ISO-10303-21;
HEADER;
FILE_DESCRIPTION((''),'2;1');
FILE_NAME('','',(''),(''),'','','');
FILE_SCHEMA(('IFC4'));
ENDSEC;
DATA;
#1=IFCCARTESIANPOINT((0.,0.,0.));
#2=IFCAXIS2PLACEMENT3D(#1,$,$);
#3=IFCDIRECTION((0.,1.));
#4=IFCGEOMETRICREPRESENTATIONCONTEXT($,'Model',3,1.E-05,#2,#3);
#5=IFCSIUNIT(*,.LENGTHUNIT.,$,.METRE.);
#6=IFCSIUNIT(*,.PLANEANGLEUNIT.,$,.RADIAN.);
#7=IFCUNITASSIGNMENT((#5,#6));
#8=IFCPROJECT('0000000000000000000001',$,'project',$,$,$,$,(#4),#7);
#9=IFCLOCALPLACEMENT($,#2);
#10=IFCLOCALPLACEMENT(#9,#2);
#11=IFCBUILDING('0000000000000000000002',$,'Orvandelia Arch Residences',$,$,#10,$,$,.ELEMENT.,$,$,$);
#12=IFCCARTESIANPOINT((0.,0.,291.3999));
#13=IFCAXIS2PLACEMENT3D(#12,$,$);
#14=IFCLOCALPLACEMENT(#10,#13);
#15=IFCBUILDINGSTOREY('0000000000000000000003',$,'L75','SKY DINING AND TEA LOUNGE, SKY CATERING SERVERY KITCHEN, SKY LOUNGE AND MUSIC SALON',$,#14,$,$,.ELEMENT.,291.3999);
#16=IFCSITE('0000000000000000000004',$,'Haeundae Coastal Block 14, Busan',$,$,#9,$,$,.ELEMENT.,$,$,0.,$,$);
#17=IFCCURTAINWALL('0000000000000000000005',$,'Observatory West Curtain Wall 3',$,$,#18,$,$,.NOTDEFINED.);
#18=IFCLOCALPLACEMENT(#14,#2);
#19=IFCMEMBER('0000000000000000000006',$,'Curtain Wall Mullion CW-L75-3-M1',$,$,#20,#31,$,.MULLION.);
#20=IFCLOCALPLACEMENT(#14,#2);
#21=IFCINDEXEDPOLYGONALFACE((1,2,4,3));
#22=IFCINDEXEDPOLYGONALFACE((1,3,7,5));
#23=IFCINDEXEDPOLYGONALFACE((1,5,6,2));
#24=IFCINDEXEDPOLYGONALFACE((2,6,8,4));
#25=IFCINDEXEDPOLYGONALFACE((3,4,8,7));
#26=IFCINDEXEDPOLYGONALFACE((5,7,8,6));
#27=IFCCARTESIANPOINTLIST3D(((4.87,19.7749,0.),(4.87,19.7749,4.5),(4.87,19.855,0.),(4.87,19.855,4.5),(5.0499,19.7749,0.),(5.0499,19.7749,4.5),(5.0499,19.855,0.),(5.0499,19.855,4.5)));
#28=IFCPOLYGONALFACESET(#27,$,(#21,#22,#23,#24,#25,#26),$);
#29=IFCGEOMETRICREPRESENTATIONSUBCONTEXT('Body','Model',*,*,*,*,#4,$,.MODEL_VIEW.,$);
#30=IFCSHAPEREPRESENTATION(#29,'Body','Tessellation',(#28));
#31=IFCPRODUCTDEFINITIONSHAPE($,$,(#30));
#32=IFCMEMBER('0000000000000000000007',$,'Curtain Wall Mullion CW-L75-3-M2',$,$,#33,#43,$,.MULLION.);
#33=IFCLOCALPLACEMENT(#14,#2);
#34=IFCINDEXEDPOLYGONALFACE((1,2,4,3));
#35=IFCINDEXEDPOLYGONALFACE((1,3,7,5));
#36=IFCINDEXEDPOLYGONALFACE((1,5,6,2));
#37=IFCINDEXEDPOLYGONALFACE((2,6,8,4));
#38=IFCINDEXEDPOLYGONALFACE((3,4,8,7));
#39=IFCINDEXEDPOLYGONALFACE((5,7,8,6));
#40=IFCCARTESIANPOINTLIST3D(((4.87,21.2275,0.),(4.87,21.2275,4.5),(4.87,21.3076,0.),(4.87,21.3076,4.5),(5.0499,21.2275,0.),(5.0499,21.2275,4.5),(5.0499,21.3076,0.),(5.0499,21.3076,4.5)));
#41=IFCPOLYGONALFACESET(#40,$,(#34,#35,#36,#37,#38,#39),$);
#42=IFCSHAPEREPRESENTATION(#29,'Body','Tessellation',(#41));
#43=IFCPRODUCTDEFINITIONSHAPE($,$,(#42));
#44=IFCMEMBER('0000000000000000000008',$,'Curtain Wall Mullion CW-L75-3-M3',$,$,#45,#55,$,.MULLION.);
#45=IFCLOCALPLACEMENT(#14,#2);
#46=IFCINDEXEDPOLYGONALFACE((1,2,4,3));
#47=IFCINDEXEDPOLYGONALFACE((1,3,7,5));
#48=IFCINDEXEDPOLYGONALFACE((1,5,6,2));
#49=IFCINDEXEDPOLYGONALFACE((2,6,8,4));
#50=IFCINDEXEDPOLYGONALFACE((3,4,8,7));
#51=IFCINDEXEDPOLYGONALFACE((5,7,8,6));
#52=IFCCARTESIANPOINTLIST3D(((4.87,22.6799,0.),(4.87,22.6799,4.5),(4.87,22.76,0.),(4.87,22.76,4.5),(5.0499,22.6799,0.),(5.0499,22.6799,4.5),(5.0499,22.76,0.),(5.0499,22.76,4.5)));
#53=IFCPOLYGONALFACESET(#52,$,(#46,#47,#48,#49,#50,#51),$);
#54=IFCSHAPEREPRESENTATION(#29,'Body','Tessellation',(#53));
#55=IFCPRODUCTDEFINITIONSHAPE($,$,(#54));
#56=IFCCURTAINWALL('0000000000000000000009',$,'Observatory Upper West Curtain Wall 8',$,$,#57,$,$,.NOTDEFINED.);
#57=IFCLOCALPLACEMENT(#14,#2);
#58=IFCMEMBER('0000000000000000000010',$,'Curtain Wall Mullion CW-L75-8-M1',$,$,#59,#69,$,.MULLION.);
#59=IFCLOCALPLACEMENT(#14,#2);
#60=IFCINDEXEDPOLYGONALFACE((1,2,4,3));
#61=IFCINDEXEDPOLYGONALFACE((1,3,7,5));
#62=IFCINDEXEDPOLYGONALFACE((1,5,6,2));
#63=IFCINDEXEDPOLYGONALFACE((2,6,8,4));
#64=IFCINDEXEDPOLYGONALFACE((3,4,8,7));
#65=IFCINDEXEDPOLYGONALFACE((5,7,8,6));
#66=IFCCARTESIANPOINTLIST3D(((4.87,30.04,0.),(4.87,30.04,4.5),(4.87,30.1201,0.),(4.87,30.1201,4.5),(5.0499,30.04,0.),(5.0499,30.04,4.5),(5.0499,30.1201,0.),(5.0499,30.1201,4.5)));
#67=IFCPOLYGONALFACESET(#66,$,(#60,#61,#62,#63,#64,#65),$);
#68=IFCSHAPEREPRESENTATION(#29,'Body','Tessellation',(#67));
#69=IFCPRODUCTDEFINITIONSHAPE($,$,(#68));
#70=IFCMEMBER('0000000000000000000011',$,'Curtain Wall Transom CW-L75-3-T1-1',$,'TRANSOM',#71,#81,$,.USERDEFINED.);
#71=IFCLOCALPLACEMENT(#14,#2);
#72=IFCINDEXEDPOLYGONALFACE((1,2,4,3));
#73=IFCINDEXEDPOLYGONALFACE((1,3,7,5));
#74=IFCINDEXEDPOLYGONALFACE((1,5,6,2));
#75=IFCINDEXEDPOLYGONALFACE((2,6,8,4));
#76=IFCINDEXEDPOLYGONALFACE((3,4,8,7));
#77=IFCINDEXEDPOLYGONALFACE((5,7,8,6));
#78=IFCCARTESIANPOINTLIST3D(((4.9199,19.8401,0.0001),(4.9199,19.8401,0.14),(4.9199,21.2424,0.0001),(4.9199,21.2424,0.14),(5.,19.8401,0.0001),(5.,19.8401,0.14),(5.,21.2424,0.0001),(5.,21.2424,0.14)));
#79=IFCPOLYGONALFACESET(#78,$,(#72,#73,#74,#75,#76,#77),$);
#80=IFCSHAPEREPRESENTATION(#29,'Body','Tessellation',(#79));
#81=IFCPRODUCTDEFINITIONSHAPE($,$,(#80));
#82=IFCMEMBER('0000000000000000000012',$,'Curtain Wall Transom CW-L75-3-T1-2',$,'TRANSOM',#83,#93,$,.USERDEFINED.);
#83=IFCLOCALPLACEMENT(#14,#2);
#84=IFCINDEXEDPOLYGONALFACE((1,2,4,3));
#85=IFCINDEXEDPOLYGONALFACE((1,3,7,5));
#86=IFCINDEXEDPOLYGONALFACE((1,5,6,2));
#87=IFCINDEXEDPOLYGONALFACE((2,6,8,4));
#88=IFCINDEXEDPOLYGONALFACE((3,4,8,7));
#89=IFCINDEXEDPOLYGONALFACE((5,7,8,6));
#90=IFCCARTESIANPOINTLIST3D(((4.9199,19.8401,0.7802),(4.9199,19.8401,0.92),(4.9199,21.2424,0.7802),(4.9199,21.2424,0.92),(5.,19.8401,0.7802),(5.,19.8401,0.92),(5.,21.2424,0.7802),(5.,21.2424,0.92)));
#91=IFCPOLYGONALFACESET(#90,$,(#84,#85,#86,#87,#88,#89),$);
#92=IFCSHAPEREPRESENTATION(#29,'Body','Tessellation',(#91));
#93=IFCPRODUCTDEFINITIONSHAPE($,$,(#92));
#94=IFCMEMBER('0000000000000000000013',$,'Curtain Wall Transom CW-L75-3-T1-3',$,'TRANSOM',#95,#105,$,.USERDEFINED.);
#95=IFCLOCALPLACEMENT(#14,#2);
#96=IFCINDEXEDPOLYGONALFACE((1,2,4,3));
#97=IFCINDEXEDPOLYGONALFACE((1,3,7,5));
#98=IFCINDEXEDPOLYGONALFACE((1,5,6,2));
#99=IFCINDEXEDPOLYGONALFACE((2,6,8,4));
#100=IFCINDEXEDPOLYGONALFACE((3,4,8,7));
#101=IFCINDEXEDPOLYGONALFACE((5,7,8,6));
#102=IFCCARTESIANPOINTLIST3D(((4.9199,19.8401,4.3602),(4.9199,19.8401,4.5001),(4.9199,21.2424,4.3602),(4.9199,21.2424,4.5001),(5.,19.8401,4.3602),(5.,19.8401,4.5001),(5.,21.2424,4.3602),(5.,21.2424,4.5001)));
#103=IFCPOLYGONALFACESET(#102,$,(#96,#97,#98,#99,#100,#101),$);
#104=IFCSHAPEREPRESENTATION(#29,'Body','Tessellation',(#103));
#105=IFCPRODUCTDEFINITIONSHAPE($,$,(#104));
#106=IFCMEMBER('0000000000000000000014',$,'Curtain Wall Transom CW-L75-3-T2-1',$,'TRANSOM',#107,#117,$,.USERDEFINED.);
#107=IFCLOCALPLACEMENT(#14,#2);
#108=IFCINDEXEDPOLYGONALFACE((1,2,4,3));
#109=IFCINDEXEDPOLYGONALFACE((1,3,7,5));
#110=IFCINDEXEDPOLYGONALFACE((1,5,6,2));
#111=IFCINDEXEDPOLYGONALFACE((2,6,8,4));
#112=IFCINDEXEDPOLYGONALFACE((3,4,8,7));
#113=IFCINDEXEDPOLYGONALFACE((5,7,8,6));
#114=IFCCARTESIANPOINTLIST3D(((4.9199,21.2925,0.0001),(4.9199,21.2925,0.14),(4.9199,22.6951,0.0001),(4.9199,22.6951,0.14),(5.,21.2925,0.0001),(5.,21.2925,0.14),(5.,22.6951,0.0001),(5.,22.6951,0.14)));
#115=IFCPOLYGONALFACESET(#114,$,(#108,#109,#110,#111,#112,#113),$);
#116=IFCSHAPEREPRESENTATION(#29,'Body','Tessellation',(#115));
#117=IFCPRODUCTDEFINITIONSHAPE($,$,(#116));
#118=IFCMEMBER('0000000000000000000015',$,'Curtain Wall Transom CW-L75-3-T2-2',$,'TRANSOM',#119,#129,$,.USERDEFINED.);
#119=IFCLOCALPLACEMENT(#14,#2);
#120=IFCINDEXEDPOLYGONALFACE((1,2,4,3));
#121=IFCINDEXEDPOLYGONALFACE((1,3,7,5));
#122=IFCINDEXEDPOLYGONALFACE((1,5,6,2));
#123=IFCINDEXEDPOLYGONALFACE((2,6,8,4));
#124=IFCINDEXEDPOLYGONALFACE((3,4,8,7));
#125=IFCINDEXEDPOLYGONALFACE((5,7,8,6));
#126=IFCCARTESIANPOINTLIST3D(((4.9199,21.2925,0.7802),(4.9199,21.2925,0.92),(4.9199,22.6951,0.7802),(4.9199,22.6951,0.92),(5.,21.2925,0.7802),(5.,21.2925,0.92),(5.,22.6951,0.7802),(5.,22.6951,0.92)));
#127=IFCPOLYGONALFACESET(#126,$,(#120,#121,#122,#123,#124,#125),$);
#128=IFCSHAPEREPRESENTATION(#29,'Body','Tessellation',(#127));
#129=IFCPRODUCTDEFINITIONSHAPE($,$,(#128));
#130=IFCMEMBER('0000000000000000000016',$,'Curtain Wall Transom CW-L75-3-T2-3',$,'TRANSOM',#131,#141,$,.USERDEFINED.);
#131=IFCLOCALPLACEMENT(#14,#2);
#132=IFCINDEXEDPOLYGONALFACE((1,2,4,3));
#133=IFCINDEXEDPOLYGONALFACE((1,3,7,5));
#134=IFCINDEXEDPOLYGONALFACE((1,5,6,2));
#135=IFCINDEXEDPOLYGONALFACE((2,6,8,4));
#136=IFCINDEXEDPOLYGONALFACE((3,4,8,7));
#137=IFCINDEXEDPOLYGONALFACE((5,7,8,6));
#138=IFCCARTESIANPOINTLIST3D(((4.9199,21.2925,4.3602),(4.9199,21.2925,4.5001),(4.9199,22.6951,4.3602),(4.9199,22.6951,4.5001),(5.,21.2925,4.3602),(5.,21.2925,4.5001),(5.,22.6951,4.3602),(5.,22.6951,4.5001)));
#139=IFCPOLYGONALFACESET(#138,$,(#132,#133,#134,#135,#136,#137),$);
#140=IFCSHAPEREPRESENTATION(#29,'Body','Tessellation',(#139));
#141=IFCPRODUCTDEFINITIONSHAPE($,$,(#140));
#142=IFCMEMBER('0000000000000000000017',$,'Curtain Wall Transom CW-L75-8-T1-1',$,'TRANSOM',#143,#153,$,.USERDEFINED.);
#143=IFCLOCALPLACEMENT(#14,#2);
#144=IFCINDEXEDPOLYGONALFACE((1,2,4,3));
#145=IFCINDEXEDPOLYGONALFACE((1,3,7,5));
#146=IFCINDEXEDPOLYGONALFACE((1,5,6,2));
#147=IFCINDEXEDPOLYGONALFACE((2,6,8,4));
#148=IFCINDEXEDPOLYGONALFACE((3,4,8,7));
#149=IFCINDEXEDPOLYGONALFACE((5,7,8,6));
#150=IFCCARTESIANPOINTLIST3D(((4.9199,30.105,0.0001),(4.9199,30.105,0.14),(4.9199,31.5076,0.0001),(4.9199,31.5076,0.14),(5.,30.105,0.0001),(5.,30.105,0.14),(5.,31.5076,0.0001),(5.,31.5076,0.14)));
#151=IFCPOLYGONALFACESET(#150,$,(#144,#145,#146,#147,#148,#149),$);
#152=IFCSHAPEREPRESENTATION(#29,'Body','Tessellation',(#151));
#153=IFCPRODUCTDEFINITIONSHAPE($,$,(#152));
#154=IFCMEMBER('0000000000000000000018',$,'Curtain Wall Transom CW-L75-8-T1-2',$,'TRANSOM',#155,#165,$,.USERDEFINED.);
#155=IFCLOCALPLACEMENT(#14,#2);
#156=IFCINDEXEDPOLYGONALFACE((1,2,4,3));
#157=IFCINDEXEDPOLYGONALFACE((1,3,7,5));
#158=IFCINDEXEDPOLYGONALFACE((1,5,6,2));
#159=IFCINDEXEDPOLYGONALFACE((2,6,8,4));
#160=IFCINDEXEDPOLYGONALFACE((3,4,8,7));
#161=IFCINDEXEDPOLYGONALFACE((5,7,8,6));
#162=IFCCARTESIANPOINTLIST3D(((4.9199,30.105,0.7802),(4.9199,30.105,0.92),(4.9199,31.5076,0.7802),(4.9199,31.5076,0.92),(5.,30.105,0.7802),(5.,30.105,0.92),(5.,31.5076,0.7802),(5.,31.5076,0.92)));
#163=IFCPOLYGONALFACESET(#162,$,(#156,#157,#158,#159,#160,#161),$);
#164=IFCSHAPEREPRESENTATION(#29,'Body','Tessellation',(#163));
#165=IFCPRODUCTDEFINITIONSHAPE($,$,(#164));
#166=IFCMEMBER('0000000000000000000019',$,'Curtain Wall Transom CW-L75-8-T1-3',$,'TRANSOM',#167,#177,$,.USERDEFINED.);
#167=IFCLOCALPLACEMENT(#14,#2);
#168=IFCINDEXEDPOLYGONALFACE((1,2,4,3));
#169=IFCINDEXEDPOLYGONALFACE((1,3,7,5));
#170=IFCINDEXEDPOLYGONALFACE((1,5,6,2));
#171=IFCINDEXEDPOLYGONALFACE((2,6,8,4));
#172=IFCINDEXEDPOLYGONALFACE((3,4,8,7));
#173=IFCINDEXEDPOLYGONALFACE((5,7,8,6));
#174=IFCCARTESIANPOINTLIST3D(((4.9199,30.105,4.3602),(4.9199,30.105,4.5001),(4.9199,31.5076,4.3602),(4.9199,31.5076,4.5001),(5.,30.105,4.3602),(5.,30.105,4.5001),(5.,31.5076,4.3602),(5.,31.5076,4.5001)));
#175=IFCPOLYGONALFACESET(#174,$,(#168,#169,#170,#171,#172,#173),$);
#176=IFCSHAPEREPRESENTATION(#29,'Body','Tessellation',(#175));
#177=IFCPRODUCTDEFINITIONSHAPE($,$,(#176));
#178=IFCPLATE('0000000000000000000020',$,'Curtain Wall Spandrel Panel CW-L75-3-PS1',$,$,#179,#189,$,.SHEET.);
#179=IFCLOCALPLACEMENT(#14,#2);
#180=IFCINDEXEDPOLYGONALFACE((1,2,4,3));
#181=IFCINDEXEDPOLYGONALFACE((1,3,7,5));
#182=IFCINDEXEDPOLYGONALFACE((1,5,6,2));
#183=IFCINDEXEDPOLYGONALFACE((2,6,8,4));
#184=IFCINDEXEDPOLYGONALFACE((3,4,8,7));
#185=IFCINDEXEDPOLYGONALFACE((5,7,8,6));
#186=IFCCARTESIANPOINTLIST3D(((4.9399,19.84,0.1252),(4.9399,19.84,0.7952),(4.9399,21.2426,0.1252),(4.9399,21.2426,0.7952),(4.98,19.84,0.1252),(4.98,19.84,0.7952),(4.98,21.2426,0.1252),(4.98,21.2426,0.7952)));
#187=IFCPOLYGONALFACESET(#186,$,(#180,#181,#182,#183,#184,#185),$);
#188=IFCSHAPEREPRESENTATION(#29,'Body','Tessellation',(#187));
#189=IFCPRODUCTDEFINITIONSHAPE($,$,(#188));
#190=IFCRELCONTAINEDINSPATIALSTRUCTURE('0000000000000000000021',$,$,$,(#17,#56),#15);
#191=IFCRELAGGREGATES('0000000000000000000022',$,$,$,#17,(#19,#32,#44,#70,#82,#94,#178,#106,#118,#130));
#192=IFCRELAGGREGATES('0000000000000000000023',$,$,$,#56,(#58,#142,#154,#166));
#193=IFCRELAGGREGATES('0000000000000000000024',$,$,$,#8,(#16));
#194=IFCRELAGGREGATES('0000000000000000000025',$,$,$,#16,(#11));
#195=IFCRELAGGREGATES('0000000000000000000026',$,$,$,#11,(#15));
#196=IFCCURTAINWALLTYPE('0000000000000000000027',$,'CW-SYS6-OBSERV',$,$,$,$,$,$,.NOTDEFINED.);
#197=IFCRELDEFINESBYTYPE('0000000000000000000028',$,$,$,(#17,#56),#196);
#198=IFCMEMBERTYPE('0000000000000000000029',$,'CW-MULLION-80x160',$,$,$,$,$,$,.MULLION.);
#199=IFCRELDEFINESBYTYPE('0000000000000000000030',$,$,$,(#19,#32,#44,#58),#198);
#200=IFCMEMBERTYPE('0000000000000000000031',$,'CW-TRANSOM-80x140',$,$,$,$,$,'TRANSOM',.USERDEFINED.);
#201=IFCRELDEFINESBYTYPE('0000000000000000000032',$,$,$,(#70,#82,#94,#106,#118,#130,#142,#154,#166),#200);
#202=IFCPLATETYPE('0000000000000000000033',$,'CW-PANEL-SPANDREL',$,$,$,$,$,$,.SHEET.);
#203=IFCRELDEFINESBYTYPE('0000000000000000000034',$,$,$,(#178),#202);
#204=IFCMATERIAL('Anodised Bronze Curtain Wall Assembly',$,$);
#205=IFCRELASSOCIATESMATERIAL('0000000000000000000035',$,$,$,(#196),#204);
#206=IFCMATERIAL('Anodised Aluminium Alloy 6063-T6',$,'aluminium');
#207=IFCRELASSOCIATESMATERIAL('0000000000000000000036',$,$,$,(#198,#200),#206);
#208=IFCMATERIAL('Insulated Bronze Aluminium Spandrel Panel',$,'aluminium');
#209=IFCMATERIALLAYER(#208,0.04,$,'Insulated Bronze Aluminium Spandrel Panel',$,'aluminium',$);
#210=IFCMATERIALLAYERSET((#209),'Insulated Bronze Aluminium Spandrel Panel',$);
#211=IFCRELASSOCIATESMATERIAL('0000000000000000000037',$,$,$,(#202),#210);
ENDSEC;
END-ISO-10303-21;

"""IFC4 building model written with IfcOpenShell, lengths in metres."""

from ifc_helpers import new_model, si_unit, direction, frame, origin, origin_2d, place, context, subcontext, project, spatial, rectangle, extrude, material, layer, layer_set, material_profile, profile_set, type_object, element, aggregate, save


model = new_model("IFC4")

# Units and contexts
model_context = context("Model", 3, precision=1e-05, world=origin(), true_north=direction((0.0, 1.0)))
body_context = subcontext(model_context, "Body", "Model", "MODEL_VIEW")
ifc_project = project(units=[si_unit("LENGTHUNIT", "METRE"), si_unit("PLANEANGLEUNIT", "RADIAN")], contexts=[model_context])

# Site, building, storey
site_placement = place(None, origin())
site = spatial("IfcSite", under=ifc_project, at=site_placement, Name="Haeundae Coastal Block 14, Busan", CompositionType="ELEMENT", RefElevation=0.0)
building_placement = place(site_placement, origin())
building = spatial("IfcBuilding", under=site, at=building_placement, Name="Orvandelia Arch Residences", CompositionType="ELEMENT")
storey_placement = place(building_placement, frame((0.0, 0.0, 291.3999)))
storey = spatial("IfcBuildingStorey", under=building, at=storey_placement, Name="L75", Description="SKY DINING AND TEA LOUNGE, SKY CATERING SERVERY KITCHEN, SKY LOUNGE AND MUSIC SALON", CompositionType="ELEMENT", Elevation=291.3999)

# Curtain wall, members
ifc_material_1 = material(Name="Anodised Bronze Curtain Wall Assembly")
curtain_wall_type = type_object("IfcCurtainWallType", Name="CW-SYS6-OBSERV", PredefinedType="NOTDEFINED", material=ifc_material_1)
curtain_wall_1_placement = place(storey_placement, origin())
curtain_wall_1 = element("IfcCurtainWall", 1, at=curtain_wall_1_placement, inside=storey, type_object=curtain_wall_type, Name="Observatory West Curtain Wall 3", PredefinedType="NOTDEFINED")
ifc_material_2 = material(Name="Anodised Aluminium Alloy 6063-T6", Category="aluminium")
ifc_material_profile_1 = material_profile(ifc_material_2, rectangle(XDim=0.0801, YDim=0.1799, at=origin_2d()), Name="Anodised Aluminium Alloy 6063-T6", Category="aluminium")
ifc_profile_set_1 = profile_set([ifc_material_profile_1], Name="Anodised Aluminium Alloy 6063-T6")
member_type_1 = type_object("IfcMemberType", Name="CW-MULLION-80x160", PredefinedType="MULLION", material=ifc_profile_set_1)
member_1_placement = place(storey_placement, frame((4.96, 19.8149, 0.0), z_axis=(0.0, 0.0, 1.0), x_axis=(0.0, 1.0, 0.0)))
member_1 = element("IfcMember", 2, at=member_1_placement, type_object=member_type_1, Name="Curtain Wall Mullion CW-L75-3-M1", PredefinedType="MULLION", context=body_context, shape_type="SweptSolid", body=[
    extrude(rectangle(XDim=0.0801, YDim=0.1799, at=origin_2d()), origin(), (0.0, 0.0, 1.0), 4.5),
])
member_2_placement = place(storey_placement, frame((4.96, 21.2676, 0.0), z_axis=(0.0, 0.0, 1.0), x_axis=(0.0, 1.0, 0.0)))
member_2 = element("IfcMember", 3, at=member_2_placement, type_object=member_type_1, Name="Curtain Wall Mullion CW-L75-3-M2", PredefinedType="MULLION", context=body_context, shape_type="SweptSolid", body=[
    extrude(rectangle(XDim=0.0801, YDim=0.1799, at=origin_2d()), origin(), (0.0, 0.0, 1.0), 4.5),
])
member_3_placement = place(storey_placement, frame((4.96, 22.72, 0.0), z_axis=(0.0, 0.0, 1.0), x_axis=(0.0, 1.0, 0.0)))
member_3 = element("IfcMember", 4, at=member_3_placement, type_object=member_type_1, Name="Curtain Wall Mullion CW-L75-3-M3", PredefinedType="MULLION", context=body_context, shape_type="SweptSolid", body=[
    extrude(rectangle(XDim=0.0801, YDim=0.1799, at=origin_2d()), origin(), (0.0, 0.0, 1.0), 4.5),
])

# Curtain wall, member
curtain_wall_2_placement = place(storey_placement, origin())
curtain_wall_2 = element("IfcCurtainWall", 5, at=curtain_wall_2_placement, inside=storey, type_object=curtain_wall_type, Name="Observatory Upper West Curtain Wall 8", PredefinedType="NOTDEFINED")
member_4_placement = place(storey_placement, frame((4.96, 30.0801, 0.0), z_axis=(0.0, 0.0, 1.0), x_axis=(0.0, 1.0, 0.0)))
member_4 = element("IfcMember", 6, at=member_4_placement, type_object=member_type_1, Name="Curtain Wall Mullion CW-L75-8-M1", PredefinedType="MULLION", context=body_context, shape_type="SweptSolid", body=[
    extrude(rectangle(XDim=0.0801, YDim=0.1799, at=origin_2d()), origin(), (0.0, 0.0, 1.0), 4.5),
])

# Members
ifc_material_profile_2 = material_profile(ifc_material_2, rectangle(XDim=0.0801, YDim=0.1399, at=origin_2d()), Name="Anodised Aluminium Alloy 6063-T6", Category="aluminium")
ifc_profile_set_2 = profile_set([ifc_material_profile_2], Name="Anodised Aluminium Alloy 6063-T6")
member_type_2 = type_object("IfcMemberType", Name="CW-TRANSOM-80x140", ElementType="TRANSOM", PredefinedType="USERDEFINED", material=ifc_profile_set_2)
member_5_placement = place(storey_placement, frame((4.96, 19.8401, 0.0701), z_axis=(0.0, 1.0, 0.0), x_axis=(-1.0, 0.0, 0.0)))
member_5 = element("IfcMember", 7, at=member_5_placement, type_object=member_type_2, Name="Curtain Wall Transom CW-L75-3-T1-1", ObjectType="TRANSOM", PredefinedType="USERDEFINED", context=body_context, shape_type="SweptSolid", body=[
    extrude(rectangle(XDim=0.0801, YDim=0.1399, at=origin_2d()), origin(), (0.0, 0.0, 1.0), 1.4023),
])
member_6_placement = place(storey_placement, frame((4.96, 19.8401, 0.8501), z_axis=(0.0, 1.0, 0.0), x_axis=(-1.0, 0.0, 0.0)))
member_6 = element("IfcMember", 8, at=member_6_placement, type_object=member_type_2, Name="Curtain Wall Transom CW-L75-3-T1-2", ObjectType="TRANSOM", PredefinedType="USERDEFINED", context=body_context, shape_type="SweptSolid", body=[
    extrude(rectangle(XDim=0.0801, YDim=0.1399, at=origin_2d()), origin(), (0.0, 0.0, 1.0), 1.4023),
])
member_7_placement = place(storey_placement, frame((4.96, 19.8401, 4.4302), z_axis=(0.0, 1.0, 0.0), x_axis=(-1.0, 0.0, 0.0)))
member_7 = element("IfcMember", 9, at=member_7_placement, type_object=member_type_2, Name="Curtain Wall Transom CW-L75-3-T1-3", ObjectType="TRANSOM", PredefinedType="USERDEFINED", context=body_context, shape_type="SweptSolid", body=[
    extrude(rectangle(XDim=0.0801, YDim=0.1399, at=origin_2d()), origin(), (0.0, 0.0, 1.0), 1.4023),
])
member_8_placement = place(storey_placement, frame((4.96, 21.2925, 0.0701), z_axis=(0.0, 1.0, 0.0), x_axis=(-1.0, 0.0, 0.0)))
member_8 = element("IfcMember", 10, at=member_8_placement, type_object=member_type_2, Name="Curtain Wall Transom CW-L75-3-T2-1", ObjectType="TRANSOM", PredefinedType="USERDEFINED", context=body_context, shape_type="SweptSolid", body=[
    extrude(rectangle(XDim=0.0801, YDim=0.1399, at=origin_2d()), origin(), (0.0, 0.0, 1.0), 1.4026),
])
member_9_placement = place(storey_placement, frame((4.96, 21.2925, 0.8501), z_axis=(0.0, 1.0, 0.0), x_axis=(-1.0, 0.0, 0.0)))
member_9 = element("IfcMember", 11, at=member_9_placement, type_object=member_type_2, Name="Curtain Wall Transom CW-L75-3-T2-2", ObjectType="TRANSOM", PredefinedType="USERDEFINED", context=body_context, shape_type="SweptSolid", body=[
    extrude(rectangle(XDim=0.0801, YDim=0.1399, at=origin_2d()), origin(), (0.0, 0.0, 1.0), 1.4026),
])
member_10_placement = place(storey_placement, frame((4.96, 21.2925, 4.4302), z_axis=(0.0, 1.0, 0.0), x_axis=(-1.0, 0.0, 0.0)))
member_10 = element("IfcMember", 12, at=member_10_placement, type_object=member_type_2, Name="Curtain Wall Transom CW-L75-3-T2-3", ObjectType="TRANSOM", PredefinedType="USERDEFINED", context=body_context, shape_type="SweptSolid", body=[
    extrude(rectangle(XDim=0.0801, YDim=0.1399, at=origin_2d()), origin(), (0.0, 0.0, 1.0), 1.4026),
])
member_11_placement = place(storey_placement, frame((4.96, 30.105, 0.0701), z_axis=(0.0, 1.0, 0.0), x_axis=(-1.0, 0.0, 0.0)))
member_11 = element("IfcMember", 13, at=member_11_placement, type_object=member_type_2, Name="Curtain Wall Transom CW-L75-8-T1-1", ObjectType="TRANSOM", PredefinedType="USERDEFINED", context=body_context, shape_type="SweptSolid", body=[
    extrude(rectangle(XDim=0.0801, YDim=0.1399, at=origin_2d()), origin(), (0.0, 0.0, 1.0), 1.4026),
])
member_12_placement = place(storey_placement, frame((4.96, 30.105, 0.8501), z_axis=(0.0, 1.0, 0.0), x_axis=(-1.0, 0.0, 0.0)))
member_12 = element("IfcMember", 14, at=member_12_placement, type_object=member_type_2, Name="Curtain Wall Transom CW-L75-8-T1-2", ObjectType="TRANSOM", PredefinedType="USERDEFINED", context=body_context, shape_type="SweptSolid", body=[
    extrude(rectangle(XDim=0.0801, YDim=0.1399, at=origin_2d()), origin(), (0.0, 0.0, 1.0), 1.4026),
])
member_13_placement = place(storey_placement, frame((4.96, 30.105, 4.4302), z_axis=(0.0, 1.0, 0.0), x_axis=(-1.0, 0.0, 0.0)))
member_13 = element("IfcMember", 15, at=member_13_placement, type_object=member_type_2, Name="Curtain Wall Transom CW-L75-8-T1-3", ObjectType="TRANSOM", PredefinedType="USERDEFINED", context=body_context, shape_type="SweptSolid", body=[
    extrude(rectangle(XDim=0.0801, YDim=0.1399, at=origin_2d()), origin(), (0.0, 0.0, 1.0), 1.4026),
])

# Plate
ifc_material_3 = material(Name="Insulated Bronze Aluminium Spandrel Panel", Category="aluminium")
ifc_layer_1 = layer(ifc_material_3, 0.04, Name="Insulated Bronze Aluminium Spandrel Panel", Category="aluminium")
ifc_layer_set_1 = layer_set([ifc_layer_1], Name="Insulated Bronze Aluminium Spandrel Panel")
plate_type_1 = type_object("IfcPlateType", Name="CW-PANEL-SPANDREL", PredefinedType="SHEET", material=ifc_layer_set_1)
plate_1_placement = place(storey_placement, frame((4.96, 20.5413, 0.1252), z_axis=(0.0, 0.0, 1.0), x_axis=(0.0, 1.0, 0.0)))
plate_1 = element("IfcPlate", 16, at=plate_1_placement, type_object=plate_type_1, Name="Curtain Wall Spandrel Panel CW-L75-3-PS1", PredefinedType="SHEET", context=body_context, shape_type="SweptSolid", body=[
    extrude(rectangle(XDim=1.4026, YDim=0.04, at=origin_2d()), origin(), (0.0, 0.0, 1.0), 0.6699),
])
aggregate(curtain_wall_1, [member_1, member_2, member_3, member_5, member_6, member_7, plate_1, member_8, member_9, member_10])
aggregate(curtain_wall_2, [member_4, member_11, member_12, member_13])

save(model, "model.ifc")
